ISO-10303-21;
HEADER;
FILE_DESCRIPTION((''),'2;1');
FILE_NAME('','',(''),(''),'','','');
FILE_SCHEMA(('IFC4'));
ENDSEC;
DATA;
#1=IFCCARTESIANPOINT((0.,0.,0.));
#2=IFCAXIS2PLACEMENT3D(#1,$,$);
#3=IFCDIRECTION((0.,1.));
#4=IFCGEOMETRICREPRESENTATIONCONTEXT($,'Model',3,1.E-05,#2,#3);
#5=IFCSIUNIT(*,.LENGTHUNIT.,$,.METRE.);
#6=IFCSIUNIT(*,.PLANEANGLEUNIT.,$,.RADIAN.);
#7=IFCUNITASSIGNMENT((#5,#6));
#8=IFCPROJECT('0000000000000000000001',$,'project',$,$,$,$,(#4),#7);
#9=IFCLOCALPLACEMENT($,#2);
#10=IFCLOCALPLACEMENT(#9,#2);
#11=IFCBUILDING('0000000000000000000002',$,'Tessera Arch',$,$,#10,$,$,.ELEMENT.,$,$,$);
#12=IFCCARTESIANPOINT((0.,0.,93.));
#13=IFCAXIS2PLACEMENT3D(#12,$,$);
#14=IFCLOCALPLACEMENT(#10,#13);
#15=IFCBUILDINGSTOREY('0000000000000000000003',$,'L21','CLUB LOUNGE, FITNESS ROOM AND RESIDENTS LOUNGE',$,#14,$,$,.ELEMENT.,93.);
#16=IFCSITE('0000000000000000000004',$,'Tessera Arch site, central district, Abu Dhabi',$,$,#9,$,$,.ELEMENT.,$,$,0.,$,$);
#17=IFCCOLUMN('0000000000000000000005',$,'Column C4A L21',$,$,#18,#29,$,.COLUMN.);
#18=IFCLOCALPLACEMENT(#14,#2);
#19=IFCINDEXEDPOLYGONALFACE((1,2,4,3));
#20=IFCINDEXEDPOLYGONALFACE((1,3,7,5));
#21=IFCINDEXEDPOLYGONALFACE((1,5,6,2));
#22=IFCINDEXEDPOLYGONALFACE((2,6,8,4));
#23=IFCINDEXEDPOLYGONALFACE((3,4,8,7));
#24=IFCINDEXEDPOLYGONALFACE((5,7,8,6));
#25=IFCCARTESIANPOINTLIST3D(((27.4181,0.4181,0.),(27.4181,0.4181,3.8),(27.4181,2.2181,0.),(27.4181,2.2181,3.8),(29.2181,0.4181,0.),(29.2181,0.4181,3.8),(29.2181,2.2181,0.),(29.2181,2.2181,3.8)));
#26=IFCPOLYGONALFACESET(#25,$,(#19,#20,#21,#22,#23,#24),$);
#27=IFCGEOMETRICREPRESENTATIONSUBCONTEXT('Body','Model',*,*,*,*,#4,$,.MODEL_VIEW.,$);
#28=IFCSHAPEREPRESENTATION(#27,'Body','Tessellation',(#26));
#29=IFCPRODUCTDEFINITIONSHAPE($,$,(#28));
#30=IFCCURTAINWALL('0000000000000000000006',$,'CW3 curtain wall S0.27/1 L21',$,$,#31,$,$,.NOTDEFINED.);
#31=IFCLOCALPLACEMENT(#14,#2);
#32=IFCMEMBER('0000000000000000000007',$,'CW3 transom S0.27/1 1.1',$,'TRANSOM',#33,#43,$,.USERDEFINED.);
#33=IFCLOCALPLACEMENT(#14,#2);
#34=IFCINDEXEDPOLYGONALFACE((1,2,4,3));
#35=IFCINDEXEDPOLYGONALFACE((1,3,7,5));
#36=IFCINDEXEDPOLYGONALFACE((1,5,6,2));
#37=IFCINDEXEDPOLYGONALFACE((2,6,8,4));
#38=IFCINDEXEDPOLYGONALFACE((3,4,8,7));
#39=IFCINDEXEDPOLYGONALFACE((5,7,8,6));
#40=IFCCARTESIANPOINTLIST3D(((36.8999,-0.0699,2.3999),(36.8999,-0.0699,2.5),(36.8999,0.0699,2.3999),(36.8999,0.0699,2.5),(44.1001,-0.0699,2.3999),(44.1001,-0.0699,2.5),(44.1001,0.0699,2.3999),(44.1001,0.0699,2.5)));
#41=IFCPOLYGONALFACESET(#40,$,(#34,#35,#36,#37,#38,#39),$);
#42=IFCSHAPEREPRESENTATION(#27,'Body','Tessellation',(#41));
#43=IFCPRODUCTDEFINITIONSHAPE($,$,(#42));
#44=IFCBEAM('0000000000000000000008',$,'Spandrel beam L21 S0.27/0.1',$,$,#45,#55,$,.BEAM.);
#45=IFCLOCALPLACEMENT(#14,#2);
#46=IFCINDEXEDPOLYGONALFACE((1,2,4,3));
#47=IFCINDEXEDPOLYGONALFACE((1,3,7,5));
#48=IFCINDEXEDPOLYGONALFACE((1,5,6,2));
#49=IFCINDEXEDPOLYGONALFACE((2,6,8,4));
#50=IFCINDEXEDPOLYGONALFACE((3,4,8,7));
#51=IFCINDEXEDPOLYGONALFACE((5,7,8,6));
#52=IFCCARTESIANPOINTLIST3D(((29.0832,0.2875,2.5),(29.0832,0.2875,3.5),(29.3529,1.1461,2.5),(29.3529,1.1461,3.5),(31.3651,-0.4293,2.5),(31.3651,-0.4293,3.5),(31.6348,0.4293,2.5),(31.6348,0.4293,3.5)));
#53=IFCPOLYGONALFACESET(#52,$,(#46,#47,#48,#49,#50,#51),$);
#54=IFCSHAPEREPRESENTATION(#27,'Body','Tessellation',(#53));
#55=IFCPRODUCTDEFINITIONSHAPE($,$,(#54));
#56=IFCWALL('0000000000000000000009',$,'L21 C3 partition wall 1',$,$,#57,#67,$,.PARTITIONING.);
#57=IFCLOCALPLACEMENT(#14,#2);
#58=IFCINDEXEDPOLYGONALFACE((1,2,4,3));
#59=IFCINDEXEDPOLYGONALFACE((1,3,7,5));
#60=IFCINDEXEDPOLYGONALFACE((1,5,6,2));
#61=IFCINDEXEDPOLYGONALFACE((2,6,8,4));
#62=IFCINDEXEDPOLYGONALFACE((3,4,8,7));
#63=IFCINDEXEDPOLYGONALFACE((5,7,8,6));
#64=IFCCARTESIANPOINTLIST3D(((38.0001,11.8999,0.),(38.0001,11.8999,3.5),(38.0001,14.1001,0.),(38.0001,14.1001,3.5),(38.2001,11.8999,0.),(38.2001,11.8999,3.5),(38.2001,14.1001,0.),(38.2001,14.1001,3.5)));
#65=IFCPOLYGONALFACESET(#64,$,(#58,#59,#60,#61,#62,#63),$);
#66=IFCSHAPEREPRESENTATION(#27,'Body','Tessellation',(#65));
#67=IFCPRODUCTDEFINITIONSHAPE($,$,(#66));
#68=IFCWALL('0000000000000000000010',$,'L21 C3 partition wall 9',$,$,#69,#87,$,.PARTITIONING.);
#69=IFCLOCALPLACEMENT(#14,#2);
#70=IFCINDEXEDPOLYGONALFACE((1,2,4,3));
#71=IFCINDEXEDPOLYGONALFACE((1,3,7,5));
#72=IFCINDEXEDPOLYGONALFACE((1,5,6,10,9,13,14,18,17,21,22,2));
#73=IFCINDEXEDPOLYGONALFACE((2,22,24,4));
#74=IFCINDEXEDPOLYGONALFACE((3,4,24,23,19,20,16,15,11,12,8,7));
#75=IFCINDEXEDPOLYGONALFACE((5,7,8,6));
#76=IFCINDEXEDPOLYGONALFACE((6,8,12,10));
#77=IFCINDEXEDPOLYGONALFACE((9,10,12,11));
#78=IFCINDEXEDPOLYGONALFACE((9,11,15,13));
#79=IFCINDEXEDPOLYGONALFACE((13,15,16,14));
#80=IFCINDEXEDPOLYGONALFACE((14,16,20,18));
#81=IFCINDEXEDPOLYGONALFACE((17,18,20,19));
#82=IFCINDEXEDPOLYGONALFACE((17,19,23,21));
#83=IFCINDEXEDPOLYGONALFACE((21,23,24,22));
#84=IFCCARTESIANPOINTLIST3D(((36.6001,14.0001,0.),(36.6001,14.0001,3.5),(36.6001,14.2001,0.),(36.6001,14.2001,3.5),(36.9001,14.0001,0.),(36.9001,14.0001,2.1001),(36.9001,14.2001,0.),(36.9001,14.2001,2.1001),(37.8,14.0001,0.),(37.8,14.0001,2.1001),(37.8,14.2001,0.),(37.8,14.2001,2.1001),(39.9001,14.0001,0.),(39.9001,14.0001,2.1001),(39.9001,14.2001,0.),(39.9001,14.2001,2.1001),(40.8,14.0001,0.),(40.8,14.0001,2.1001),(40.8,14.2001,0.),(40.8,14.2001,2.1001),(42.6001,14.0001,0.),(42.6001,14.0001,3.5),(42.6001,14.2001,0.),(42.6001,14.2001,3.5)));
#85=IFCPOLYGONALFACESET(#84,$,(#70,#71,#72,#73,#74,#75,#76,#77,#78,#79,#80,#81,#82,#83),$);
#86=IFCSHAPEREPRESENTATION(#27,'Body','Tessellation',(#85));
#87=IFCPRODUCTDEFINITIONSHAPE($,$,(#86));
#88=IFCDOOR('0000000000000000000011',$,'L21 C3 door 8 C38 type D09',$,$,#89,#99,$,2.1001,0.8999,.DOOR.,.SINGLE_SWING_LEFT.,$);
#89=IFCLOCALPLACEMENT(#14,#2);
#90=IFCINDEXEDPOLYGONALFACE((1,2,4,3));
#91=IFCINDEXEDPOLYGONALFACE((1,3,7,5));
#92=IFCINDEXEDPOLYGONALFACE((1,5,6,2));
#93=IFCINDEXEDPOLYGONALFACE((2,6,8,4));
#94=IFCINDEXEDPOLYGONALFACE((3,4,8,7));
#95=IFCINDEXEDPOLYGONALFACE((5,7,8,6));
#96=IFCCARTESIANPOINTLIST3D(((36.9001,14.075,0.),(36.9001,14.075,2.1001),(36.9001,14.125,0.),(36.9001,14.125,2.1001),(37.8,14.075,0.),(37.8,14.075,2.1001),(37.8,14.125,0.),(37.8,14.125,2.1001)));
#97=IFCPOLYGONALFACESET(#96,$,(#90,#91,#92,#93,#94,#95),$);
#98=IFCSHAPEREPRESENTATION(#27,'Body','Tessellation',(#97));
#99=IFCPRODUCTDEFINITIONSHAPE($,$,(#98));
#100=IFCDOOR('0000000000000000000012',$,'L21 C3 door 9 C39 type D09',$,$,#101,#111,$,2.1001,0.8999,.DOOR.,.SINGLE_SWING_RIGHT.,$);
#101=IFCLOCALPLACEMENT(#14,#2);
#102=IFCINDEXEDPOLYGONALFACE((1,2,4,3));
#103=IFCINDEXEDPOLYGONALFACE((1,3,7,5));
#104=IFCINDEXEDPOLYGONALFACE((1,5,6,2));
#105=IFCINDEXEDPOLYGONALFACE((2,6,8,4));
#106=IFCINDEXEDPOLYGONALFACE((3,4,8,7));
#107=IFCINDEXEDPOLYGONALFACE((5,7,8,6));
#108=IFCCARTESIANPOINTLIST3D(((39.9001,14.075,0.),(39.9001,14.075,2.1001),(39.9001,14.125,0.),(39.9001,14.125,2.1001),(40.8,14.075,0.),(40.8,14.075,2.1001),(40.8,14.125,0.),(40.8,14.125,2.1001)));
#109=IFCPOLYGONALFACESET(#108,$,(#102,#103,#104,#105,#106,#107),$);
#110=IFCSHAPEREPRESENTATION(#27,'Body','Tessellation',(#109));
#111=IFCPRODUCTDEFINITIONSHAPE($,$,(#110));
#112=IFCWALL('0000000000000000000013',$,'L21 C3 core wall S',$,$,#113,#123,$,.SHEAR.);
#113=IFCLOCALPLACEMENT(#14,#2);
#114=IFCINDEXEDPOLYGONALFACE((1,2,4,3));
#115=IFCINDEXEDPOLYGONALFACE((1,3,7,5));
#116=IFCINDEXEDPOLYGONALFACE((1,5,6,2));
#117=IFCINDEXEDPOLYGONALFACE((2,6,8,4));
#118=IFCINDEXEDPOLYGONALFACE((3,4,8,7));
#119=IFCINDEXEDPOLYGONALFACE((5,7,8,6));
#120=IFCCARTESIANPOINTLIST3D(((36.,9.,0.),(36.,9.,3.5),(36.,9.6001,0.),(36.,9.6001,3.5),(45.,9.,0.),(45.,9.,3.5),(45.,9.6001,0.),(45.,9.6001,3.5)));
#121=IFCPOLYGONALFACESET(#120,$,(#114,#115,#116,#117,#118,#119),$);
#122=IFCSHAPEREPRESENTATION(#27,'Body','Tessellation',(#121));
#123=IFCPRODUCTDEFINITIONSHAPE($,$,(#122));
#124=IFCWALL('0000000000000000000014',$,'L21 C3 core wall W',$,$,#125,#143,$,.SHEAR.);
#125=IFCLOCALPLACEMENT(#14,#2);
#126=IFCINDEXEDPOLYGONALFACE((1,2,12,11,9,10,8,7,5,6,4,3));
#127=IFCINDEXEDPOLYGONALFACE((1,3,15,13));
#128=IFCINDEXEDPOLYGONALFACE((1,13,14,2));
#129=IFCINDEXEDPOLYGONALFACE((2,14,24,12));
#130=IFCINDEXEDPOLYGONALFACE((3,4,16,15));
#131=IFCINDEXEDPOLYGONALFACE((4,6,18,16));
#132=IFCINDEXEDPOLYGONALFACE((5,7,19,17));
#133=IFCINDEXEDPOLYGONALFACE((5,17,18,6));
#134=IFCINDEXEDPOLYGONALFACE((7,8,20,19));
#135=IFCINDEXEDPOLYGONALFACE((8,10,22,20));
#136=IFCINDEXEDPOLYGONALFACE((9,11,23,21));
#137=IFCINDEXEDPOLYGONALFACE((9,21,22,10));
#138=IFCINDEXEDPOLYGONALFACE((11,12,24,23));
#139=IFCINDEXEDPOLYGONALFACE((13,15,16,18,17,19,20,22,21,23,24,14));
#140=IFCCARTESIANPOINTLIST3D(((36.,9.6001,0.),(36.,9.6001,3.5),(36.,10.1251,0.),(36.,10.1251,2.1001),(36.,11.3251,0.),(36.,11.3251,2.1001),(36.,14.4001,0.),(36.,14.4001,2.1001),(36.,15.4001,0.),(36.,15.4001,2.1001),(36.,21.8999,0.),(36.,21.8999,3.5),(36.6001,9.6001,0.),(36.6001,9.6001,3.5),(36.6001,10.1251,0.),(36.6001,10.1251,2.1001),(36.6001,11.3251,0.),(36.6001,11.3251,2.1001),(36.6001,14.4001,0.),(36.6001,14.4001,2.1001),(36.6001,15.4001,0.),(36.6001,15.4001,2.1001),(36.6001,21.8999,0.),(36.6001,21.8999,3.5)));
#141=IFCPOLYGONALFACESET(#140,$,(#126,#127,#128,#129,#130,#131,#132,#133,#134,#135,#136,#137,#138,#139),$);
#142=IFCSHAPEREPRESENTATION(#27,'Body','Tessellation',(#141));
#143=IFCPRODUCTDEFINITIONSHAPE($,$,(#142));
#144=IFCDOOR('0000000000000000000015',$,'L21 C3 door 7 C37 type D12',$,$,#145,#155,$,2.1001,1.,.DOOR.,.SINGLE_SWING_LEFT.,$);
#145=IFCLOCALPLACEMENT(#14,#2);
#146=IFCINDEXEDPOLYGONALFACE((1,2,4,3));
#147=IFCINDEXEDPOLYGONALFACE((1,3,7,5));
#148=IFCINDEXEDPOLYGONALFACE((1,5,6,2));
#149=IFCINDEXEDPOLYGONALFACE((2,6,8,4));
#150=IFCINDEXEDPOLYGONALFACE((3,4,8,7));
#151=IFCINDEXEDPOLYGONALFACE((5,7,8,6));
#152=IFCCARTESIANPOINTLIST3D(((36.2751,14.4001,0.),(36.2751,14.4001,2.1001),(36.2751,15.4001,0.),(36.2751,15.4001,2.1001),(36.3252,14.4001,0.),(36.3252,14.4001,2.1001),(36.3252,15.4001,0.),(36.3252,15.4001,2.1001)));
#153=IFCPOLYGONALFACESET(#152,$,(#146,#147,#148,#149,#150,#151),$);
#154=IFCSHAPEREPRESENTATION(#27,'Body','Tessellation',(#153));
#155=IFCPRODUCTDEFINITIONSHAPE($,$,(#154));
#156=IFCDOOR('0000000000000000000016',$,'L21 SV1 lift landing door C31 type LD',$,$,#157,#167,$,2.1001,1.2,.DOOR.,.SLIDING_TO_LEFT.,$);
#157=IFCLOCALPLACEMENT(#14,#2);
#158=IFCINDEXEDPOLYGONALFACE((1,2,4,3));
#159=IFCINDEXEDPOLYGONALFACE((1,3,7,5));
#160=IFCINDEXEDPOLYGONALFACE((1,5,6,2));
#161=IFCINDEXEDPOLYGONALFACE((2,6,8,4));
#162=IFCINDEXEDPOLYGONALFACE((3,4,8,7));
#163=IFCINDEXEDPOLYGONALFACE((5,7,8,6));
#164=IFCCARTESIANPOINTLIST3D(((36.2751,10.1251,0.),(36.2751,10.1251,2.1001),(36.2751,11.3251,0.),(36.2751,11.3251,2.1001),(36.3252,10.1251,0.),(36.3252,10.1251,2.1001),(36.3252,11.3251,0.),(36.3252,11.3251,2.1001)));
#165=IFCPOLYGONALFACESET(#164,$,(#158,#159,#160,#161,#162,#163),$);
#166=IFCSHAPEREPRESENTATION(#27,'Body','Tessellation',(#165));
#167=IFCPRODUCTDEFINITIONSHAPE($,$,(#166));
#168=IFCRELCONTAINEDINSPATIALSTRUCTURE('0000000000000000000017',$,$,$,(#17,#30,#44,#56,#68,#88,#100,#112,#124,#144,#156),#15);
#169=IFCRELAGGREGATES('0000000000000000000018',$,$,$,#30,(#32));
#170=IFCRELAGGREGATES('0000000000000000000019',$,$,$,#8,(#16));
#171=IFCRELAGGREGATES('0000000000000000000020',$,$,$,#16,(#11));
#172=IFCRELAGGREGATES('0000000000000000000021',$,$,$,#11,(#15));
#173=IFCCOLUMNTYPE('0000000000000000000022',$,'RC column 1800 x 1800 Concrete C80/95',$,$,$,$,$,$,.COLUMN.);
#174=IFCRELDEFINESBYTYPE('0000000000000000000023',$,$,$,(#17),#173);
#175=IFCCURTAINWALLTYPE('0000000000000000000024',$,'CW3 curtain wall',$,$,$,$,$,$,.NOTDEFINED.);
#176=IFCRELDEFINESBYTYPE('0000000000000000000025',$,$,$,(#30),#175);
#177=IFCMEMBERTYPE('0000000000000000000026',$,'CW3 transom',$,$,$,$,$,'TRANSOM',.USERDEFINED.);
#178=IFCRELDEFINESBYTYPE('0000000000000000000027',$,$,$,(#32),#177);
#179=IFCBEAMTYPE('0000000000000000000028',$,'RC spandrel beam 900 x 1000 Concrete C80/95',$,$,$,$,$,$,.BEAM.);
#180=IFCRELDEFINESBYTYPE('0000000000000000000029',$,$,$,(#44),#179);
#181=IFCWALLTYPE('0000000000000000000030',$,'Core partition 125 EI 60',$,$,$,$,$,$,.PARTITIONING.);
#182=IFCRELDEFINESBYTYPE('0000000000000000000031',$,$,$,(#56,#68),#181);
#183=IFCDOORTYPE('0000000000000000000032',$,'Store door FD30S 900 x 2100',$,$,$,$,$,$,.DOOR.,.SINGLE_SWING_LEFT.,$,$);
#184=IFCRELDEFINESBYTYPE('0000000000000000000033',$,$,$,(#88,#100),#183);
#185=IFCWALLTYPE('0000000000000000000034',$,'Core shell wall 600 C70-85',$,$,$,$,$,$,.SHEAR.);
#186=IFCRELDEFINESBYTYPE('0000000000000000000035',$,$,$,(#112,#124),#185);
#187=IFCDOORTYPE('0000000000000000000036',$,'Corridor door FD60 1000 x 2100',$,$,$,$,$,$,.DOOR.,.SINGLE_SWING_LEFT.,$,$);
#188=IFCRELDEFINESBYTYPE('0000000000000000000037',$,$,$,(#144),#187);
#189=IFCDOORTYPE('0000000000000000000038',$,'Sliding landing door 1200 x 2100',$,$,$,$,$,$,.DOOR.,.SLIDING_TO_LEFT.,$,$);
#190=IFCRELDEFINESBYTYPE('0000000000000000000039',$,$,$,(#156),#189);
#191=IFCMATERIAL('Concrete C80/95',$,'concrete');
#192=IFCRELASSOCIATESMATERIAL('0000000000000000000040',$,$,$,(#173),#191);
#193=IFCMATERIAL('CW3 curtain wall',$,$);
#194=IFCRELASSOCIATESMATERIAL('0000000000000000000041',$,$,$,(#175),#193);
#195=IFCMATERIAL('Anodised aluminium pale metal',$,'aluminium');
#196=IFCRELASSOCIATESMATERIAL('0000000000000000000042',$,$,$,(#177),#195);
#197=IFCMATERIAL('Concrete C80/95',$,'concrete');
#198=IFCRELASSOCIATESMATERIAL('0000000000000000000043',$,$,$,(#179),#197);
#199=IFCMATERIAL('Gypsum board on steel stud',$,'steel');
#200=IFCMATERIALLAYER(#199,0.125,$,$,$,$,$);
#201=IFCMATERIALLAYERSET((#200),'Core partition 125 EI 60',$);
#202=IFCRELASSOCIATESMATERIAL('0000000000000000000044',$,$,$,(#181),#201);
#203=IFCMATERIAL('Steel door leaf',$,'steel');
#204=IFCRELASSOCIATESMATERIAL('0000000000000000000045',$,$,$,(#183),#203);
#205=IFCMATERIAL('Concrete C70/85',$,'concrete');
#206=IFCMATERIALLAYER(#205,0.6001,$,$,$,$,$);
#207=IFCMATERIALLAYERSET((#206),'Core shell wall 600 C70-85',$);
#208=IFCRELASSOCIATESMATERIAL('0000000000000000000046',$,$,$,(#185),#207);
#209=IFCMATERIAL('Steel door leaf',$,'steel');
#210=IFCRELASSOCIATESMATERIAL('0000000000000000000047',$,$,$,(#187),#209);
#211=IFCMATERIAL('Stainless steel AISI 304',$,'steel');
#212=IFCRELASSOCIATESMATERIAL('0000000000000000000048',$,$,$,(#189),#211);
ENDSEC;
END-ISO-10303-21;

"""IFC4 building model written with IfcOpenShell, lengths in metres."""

from ifc_helpers import new_model, si_unit, direction, frame, frame_2d, origin, origin_2d, place, context, subcontext, project, spatial, rectangle, extrude, material, layer, layer_set, material_profile, profile_set, type_object, element, fill, aggregate, save


model = new_model("IFC4")

# Units and contexts
model_context = context("Model", 3, precision=1e-05, world=origin(), true_north=direction((0.0, 1.0)))
body_context = subcontext(model_context, "Body", "Model", "MODEL_VIEW")
ifc_project = project(units=[si_unit("LENGTHUNIT", "METRE"), si_unit("PLANEANGLEUNIT", "RADIAN")], contexts=[model_context])

# Site, building, storey
site_placement = place(None, origin())
site = spatial("IfcSite", under=ifc_project, at=site_placement, Name="Tessera Arch site, central district, Abu Dhabi", CompositionType="ELEMENT", RefElevation=0.0)
building_placement = place(site_placement, origin())
building = spatial("IfcBuilding", under=site, at=building_placement, Name="Tessera Arch", CompositionType="ELEMENT")
storey_placement = place(building_placement, frame((0.0, 0.0, 93.0)))
storey = spatial("IfcBuildingStorey", under=building, at=storey_placement, Name="L21", Description="CLUB LOUNGE, FITNESS ROOM AND RESIDENTS LOUNGE", CompositionType="ELEMENT", Elevation=93.0)

# Column
ifc_material_1 = material(Name="Concrete C80/95", Category="concrete")
ifc_material_profile_1 = material_profile(ifc_material_1, rectangle(XDim=1.8, YDim=1.8, at=origin_2d()), Name="RC column 1800 x 1800 Concrete C80/95")
ifc_profile_set_1 = profile_set([ifc_material_profile_1], Name="Concrete C80/95")
column_type = type_object("IfcColumnType", Name="RC column 1800 x 1800 Concrete C80/95", PredefinedType="COLUMN", material=ifc_profile_set_1)
column_placement = place(storey_placement, frame((28.3181, 1.3181, 0.0), z_axis=(0.0, 0.0, 1.0), x_axis=(1.0, 0.0, 0.0)))
element("IfcColumn", 1, at=column_placement, inside=storey, type_object=column_type, Name="Column C4A L21", PredefinedType="COLUMN", context=body_context, shape_type="SweptSolid", body=[
    extrude(rectangle(XDim=1.8, YDim=1.8, at=origin_2d()), origin(), (0.0, 0.0, 1.0), 3.8),
])

# Curtain wall, member
ifc_material_2 = material(Name="CW3 curtain wall")
curtain_wall_type = type_object("IfcCurtainWallType", Name="CW3 curtain wall", PredefinedType="NOTDEFINED", material=ifc_material_2)
curtain_wall_placement = place(storey_placement, origin())
curtain_wall = element("IfcCurtainWall", 2, at=curtain_wall_placement, inside=storey, type_object=curtain_wall_type, Name="CW3 curtain wall S0.27/1 L21", PredefinedType="NOTDEFINED")
ifc_material_3 = material(Name="Anodised aluminium pale metal", Category="aluminium")
ifc_material_profile_2 = material_profile(ifc_material_3, rectangle(XDim=0.1399, YDim=0.1001, at=origin_2d()), Name="AL 140x100")
ifc_profile_set_2 = profile_set([ifc_material_profile_2], Name="Anodised aluminium pale metal")
member_type = type_object("IfcMemberType", Name="CW3 transom", ElementType="TRANSOM", PredefinedType="USERDEFINED", material=ifc_profile_set_2)
member_placement = place(storey_placement, frame((36.8999, 0.0, 2.45), z_axis=(1.0, 0.0, 0.0), x_axis=(0.0, 1.0, 0.0)))
member = element("IfcMember", 3, at=member_placement, type_object=member_type, Name="CW3 transom S0.27/1 1.1", ObjectType="TRANSOM", PredefinedType="USERDEFINED", context=body_context, shape_type="SweptSolid", body=[
    extrude(rectangle(XDim=0.1399, YDim=0.1001, at=origin_2d()), origin(), (0.0, 0.0, 1.0), 7.2002),
])
aggregate(curtain_wall, [member])

# Beam
ifc_material_4 = material(Name="Concrete C80/95", Category="concrete")
ifc_material_profile_3 = material_profile(ifc_material_4, rectangle(XDim=0.8999, YDim=1.0, at=origin_2d()), Name="RC spandrel beam 900 x 1000 Concrete C80/95")
ifc_profile_set_3 = profile_set([ifc_material_profile_3], Name="Concrete C80/95")
beam_type = type_object("IfcBeamType", Name="RC spandrel beam 900 x 1000 Concrete C80/95", PredefinedType="BEAM", material=ifc_profile_set_3)
beam_placement = place(storey_placement, frame((29.218, 0.7168, 3.0), z_axis=(0.954041, -0.299675, 0.0), x_axis=(0.299675, 0.954041, 0.0)))
element("IfcBeam", 4, at=beam_placement, inside=storey, type_object=beam_type, Name="Spandrel beam L21 S0.27/0.1", PredefinedType="BEAM", context=body_context, shape_type="SweptSolid", body=[
    extrude(rectangle(XDim=0.8999, YDim=1.0, at=origin_2d()), origin(), (0.0, 0.0, 1.0), 2.3918),
])

# Wall
ifc_material_5 = material(Name="Gypsum board on steel stud", Category="steel")
ifc_layer_1 = layer(ifc_material_5, 0.125)
ifc_layer_set_1 = layer_set([ifc_layer_1], Name="Core partition 125 EI 60")
wall_type_1 = type_object("IfcWallType", Name="Core partition 125 EI 60", PredefinedType="PARTITIONING", material=ifc_layer_set_1)
wall_1_placement = place(storey_placement, frame((38.1001, 11.8999, 0.0), z_axis=(0.0, 0.0, 1.0), x_axis=(0.0, 1.0, 0.0)))
element("IfcWall", 5, at=wall_1_placement, inside=storey, type_object=wall_type_1, Name="L21 C3 partition wall 1", PredefinedType="PARTITIONING", context=body_context, shape_type="SweptSolid", body=[
    extrude(rectangle(XDim=2.2002, YDim=0.2, at=frame_2d((1.1001, 0.0))), origin(), (0.0, 0.0, 1.0), 3.5),
])

# Wall, openings, doors
wall_2_placement = place(storey_placement, frame((36.6001, 14.1001, 0.0), z_axis=(0.0, 0.0, 1.0), x_axis=(1.0, 0.0, 0.0)))
wall_2 = element("IfcWall", 6, at=wall_2_placement, inside=storey, type_object=wall_type_1, Name="L21 C3 partition wall 9", PredefinedType="PARTITIONING", context=body_context, shape_type="SweptSolid", body=[
    extrude(rectangle(XDim=6.0, YDim=0.2, at=frame_2d((3.0, 0.0))), origin(), (0.0, 0.0, 1.0), 3.5),
])
opening_1_placement = place(wall_2_placement, frame((0.3, 0.0, 0.0)))
opening_1 = element("IfcOpeningElement", 7, at=opening_1_placement, cuts=wall_2, PredefinedType="OPENING", context=body_context, shape_type="SweptSolid", body=[
    extrude(rectangle(XDim=0.8999, YDim=2.1001, at=frame_2d((0.45, 1.05))), frame((0.0, 0.1099, 0.0), z_axis=(0.0, -1.0, 0.0), x_axis=(1.0, 0.0, 0.0)), (0.0, 0.0, 1.0), 0.22),
])
opening_2_placement = place(wall_2_placement, frame((3.3, 0.0, 0.0)))
opening_2 = element("IfcOpeningElement", 8, at=opening_2_placement, cuts=wall_2, PredefinedType="OPENING", context=body_context, shape_type="SweptSolid", body=[
    extrude(rectangle(XDim=0.8999, YDim=2.1001, at=frame_2d((0.45, 1.05))), frame((0.0, 0.1099, 0.0), z_axis=(0.0, -1.0, 0.0), x_axis=(1.0, 0.0, 0.0)), (0.0, 0.0, 1.0), 0.22),
])
ifc_material_6 = material(Name="Steel door leaf", Category="steel")
door_type_1 = type_object("IfcDoorType", Name="Store door FD30S 900 x 2100", OperationType="SINGLE_SWING_LEFT", PredefinedType="DOOR", material=ifc_material_6)
door_1_placement = place(opening_1_placement, origin())
door_1 = element("IfcDoor", 9, at=door_1_placement, inside=storey, type_object=door_type_1, Name="L21 C3 door 8 C38 type D09", OperationType="SINGLE_SWING_LEFT", OverallHeight=2.1001, OverallWidth=0.8999, PredefinedType="DOOR", context=body_context, shape_type="SweptSolid", body=[
    extrude(rectangle(XDim=0.8999, YDim=2.1001, at=frame_2d((0.45, 1.05))), frame((0.0, 0.0249, 0.0), z_axis=(0.0, -1.0, 0.0), x_axis=(1.0, 0.0, 0.0)), (0.0, 0.0, 1.0), 0.05),
])
fill(opening_1, door_1)
door_2_placement = place(opening_2_placement, origin())
door_2 = element("IfcDoor", 10, at=door_2_placement, inside=storey, type_object=door_type_1, Name="L21 C3 door 9 C39 type D09", OperationType="SINGLE_SWING_RIGHT", OverallHeight=2.1001, OverallWidth=0.8999, PredefinedType="DOOR", context=body_context, shape_type="SweptSolid", body=[
    extrude(rectangle(XDim=0.8999, YDim=2.1001, at=frame_2d((0.45, 1.05))), frame((0.0, 0.0249, 0.0), z_axis=(0.0, -1.0, 0.0), x_axis=(1.0, 0.0, 0.0)), (0.0, 0.0, 1.0), 0.05),
])
fill(opening_2, door_2)

# Wall
ifc_material_7 = material(Name="Concrete C70/85", Category="concrete")
ifc_layer_2 = layer(ifc_material_7, 0.6001)
ifc_layer_set_2 = layer_set([ifc_layer_2], Name="Core shell wall 600 C70-85")
wall_type_2 = type_object("IfcWallType", Name="Core shell wall 600 C70-85", PredefinedType="SHEAR", material=ifc_layer_set_2)
wall_3_placement = place(storey_placement, frame((36.0, 9.3, 0.0), z_axis=(0.0, 0.0, 1.0), x_axis=(1.0, 0.0, 0.0)))
element("IfcWall", 11, at=wall_3_placement, inside=storey, type_object=wall_type_2, Name="L21 C3 core wall S", PredefinedType="SHEAR", context=body_context, shape_type="SweptSolid", body=[
    extrude(rectangle(XDim=9.0, YDim=0.6001, at=frame_2d((4.5, 0.0))), origin(), (0.0, 0.0, 1.0), 3.5),
])

# Wall, openings, doors
wall_4_placement = place(storey_placement, frame((36.3, 9.6001, 0.0), z_axis=(0.0, 0.0, 1.0), x_axis=(0.0, 1.0, 0.0)))
wall_4 = element("IfcWall", 12, at=wall_4_placement, inside=storey, type_object=wall_type_2, Name="L21 C3 core wall W", PredefinedType="SHEAR", context=body_context, shape_type="SweptSolid", body=[
    extrude(rectangle(XDim=12.2998, YDim=0.6001, at=frame_2d((6.1499, 0.0))), origin(), (0.0, 0.0, 1.0), 3.5),
])
opening_3_placement = place(wall_4_placement, frame((0.5249, 0.0, 0.0)))
opening_3 = element("IfcOpeningElement", 13, at=opening_3_placement, cuts=wall_4, PredefinedType="OPENING", context=body_context, shape_type="SweptSolid", body=[
    extrude(rectangle(XDim=1.2, YDim=2.1001, at=frame_2d((0.6001, 1.05))), frame((0.0, 0.3101, 0.0), z_axis=(0.0, -1.0, 0.0), x_axis=(1.0, 0.0, 0.0)), (0.0, 0.0, 1.0), 0.6201),
])
opening_4_placement = place(wall_4_placement, frame((4.8, 0.0, 0.0)))
opening_4 = element("IfcOpeningElement", 14, at=opening_4_placement, cuts=wall_4, PredefinedType="OPENING", context=body_context, shape_type="SweptSolid", body=[
    extrude(rectangle(XDim=1.0, YDim=2.1001, at=frame_2d((0.5, 1.05))), frame((0.0, 0.3101, 0.0), z_axis=(0.0, -1.0, 0.0), x_axis=(1.0, 0.0, 0.0)), (0.0, 0.0, 1.0), 0.6201),
])
ifc_material_8 = material(Name="Steel door leaf", Category="steel")
door_type_2 = type_object("IfcDoorType", Name="Corridor door FD60 1000 x 2100", OperationType="SINGLE_SWING_LEFT", PredefinedType="DOOR", material=ifc_material_8)
door_3_placement = place(opening_4_placement, origin())
door_3 = element("IfcDoor", 15, at=door_3_placement, inside=storey, type_object=door_type_2, Name="L21 C3 door 7 C37 type D12", OperationType="SINGLE_SWING_LEFT", OverallHeight=2.1001, OverallWidth=1.0, PredefinedType="DOOR", context=body_context, shape_type="SweptSolid", body=[
    extrude(rectangle(XDim=1.0, YDim=2.1001, at=frame_2d((0.5, 1.05))), frame((0.0, 0.0249, 0.0), z_axis=(0.0, -1.0, 0.0), x_axis=(1.0, 0.0, 0.0)), (0.0, 0.0, 1.0), 0.05),
])
fill(opening_4, door_3)
ifc_material_9 = material(Name="Stainless steel AISI 304", Category="steel")
door_type_3 = type_object("IfcDoorType", Name="Sliding landing door 1200 x 2100", OperationType="SLIDING_TO_LEFT", PredefinedType="DOOR", material=ifc_material_9)
door_4_placement = place(opening_3_placement, origin())
door_4 = element("IfcDoor", 16, at=door_4_placement, inside=storey, type_object=door_type_3, Name="L21 SV1 lift landing door C31 type LD", OperationType="SLIDING_TO_LEFT", OverallHeight=2.1001, OverallWidth=1.2, PredefinedType="DOOR", context=body_context, shape_type="SweptSolid", body=[
    extrude(rectangle(XDim=1.2, YDim=2.1001, at=frame_2d((0.6001, 1.05))), frame((0.0, 0.0249, 0.0), z_axis=(0.0, -1.0, 0.0), x_axis=(1.0, 0.0, 0.0)), (0.0, 0.0, 1.0), 0.05),
])
fill(opening_3, door_4)

save(model, "model.ifc")
